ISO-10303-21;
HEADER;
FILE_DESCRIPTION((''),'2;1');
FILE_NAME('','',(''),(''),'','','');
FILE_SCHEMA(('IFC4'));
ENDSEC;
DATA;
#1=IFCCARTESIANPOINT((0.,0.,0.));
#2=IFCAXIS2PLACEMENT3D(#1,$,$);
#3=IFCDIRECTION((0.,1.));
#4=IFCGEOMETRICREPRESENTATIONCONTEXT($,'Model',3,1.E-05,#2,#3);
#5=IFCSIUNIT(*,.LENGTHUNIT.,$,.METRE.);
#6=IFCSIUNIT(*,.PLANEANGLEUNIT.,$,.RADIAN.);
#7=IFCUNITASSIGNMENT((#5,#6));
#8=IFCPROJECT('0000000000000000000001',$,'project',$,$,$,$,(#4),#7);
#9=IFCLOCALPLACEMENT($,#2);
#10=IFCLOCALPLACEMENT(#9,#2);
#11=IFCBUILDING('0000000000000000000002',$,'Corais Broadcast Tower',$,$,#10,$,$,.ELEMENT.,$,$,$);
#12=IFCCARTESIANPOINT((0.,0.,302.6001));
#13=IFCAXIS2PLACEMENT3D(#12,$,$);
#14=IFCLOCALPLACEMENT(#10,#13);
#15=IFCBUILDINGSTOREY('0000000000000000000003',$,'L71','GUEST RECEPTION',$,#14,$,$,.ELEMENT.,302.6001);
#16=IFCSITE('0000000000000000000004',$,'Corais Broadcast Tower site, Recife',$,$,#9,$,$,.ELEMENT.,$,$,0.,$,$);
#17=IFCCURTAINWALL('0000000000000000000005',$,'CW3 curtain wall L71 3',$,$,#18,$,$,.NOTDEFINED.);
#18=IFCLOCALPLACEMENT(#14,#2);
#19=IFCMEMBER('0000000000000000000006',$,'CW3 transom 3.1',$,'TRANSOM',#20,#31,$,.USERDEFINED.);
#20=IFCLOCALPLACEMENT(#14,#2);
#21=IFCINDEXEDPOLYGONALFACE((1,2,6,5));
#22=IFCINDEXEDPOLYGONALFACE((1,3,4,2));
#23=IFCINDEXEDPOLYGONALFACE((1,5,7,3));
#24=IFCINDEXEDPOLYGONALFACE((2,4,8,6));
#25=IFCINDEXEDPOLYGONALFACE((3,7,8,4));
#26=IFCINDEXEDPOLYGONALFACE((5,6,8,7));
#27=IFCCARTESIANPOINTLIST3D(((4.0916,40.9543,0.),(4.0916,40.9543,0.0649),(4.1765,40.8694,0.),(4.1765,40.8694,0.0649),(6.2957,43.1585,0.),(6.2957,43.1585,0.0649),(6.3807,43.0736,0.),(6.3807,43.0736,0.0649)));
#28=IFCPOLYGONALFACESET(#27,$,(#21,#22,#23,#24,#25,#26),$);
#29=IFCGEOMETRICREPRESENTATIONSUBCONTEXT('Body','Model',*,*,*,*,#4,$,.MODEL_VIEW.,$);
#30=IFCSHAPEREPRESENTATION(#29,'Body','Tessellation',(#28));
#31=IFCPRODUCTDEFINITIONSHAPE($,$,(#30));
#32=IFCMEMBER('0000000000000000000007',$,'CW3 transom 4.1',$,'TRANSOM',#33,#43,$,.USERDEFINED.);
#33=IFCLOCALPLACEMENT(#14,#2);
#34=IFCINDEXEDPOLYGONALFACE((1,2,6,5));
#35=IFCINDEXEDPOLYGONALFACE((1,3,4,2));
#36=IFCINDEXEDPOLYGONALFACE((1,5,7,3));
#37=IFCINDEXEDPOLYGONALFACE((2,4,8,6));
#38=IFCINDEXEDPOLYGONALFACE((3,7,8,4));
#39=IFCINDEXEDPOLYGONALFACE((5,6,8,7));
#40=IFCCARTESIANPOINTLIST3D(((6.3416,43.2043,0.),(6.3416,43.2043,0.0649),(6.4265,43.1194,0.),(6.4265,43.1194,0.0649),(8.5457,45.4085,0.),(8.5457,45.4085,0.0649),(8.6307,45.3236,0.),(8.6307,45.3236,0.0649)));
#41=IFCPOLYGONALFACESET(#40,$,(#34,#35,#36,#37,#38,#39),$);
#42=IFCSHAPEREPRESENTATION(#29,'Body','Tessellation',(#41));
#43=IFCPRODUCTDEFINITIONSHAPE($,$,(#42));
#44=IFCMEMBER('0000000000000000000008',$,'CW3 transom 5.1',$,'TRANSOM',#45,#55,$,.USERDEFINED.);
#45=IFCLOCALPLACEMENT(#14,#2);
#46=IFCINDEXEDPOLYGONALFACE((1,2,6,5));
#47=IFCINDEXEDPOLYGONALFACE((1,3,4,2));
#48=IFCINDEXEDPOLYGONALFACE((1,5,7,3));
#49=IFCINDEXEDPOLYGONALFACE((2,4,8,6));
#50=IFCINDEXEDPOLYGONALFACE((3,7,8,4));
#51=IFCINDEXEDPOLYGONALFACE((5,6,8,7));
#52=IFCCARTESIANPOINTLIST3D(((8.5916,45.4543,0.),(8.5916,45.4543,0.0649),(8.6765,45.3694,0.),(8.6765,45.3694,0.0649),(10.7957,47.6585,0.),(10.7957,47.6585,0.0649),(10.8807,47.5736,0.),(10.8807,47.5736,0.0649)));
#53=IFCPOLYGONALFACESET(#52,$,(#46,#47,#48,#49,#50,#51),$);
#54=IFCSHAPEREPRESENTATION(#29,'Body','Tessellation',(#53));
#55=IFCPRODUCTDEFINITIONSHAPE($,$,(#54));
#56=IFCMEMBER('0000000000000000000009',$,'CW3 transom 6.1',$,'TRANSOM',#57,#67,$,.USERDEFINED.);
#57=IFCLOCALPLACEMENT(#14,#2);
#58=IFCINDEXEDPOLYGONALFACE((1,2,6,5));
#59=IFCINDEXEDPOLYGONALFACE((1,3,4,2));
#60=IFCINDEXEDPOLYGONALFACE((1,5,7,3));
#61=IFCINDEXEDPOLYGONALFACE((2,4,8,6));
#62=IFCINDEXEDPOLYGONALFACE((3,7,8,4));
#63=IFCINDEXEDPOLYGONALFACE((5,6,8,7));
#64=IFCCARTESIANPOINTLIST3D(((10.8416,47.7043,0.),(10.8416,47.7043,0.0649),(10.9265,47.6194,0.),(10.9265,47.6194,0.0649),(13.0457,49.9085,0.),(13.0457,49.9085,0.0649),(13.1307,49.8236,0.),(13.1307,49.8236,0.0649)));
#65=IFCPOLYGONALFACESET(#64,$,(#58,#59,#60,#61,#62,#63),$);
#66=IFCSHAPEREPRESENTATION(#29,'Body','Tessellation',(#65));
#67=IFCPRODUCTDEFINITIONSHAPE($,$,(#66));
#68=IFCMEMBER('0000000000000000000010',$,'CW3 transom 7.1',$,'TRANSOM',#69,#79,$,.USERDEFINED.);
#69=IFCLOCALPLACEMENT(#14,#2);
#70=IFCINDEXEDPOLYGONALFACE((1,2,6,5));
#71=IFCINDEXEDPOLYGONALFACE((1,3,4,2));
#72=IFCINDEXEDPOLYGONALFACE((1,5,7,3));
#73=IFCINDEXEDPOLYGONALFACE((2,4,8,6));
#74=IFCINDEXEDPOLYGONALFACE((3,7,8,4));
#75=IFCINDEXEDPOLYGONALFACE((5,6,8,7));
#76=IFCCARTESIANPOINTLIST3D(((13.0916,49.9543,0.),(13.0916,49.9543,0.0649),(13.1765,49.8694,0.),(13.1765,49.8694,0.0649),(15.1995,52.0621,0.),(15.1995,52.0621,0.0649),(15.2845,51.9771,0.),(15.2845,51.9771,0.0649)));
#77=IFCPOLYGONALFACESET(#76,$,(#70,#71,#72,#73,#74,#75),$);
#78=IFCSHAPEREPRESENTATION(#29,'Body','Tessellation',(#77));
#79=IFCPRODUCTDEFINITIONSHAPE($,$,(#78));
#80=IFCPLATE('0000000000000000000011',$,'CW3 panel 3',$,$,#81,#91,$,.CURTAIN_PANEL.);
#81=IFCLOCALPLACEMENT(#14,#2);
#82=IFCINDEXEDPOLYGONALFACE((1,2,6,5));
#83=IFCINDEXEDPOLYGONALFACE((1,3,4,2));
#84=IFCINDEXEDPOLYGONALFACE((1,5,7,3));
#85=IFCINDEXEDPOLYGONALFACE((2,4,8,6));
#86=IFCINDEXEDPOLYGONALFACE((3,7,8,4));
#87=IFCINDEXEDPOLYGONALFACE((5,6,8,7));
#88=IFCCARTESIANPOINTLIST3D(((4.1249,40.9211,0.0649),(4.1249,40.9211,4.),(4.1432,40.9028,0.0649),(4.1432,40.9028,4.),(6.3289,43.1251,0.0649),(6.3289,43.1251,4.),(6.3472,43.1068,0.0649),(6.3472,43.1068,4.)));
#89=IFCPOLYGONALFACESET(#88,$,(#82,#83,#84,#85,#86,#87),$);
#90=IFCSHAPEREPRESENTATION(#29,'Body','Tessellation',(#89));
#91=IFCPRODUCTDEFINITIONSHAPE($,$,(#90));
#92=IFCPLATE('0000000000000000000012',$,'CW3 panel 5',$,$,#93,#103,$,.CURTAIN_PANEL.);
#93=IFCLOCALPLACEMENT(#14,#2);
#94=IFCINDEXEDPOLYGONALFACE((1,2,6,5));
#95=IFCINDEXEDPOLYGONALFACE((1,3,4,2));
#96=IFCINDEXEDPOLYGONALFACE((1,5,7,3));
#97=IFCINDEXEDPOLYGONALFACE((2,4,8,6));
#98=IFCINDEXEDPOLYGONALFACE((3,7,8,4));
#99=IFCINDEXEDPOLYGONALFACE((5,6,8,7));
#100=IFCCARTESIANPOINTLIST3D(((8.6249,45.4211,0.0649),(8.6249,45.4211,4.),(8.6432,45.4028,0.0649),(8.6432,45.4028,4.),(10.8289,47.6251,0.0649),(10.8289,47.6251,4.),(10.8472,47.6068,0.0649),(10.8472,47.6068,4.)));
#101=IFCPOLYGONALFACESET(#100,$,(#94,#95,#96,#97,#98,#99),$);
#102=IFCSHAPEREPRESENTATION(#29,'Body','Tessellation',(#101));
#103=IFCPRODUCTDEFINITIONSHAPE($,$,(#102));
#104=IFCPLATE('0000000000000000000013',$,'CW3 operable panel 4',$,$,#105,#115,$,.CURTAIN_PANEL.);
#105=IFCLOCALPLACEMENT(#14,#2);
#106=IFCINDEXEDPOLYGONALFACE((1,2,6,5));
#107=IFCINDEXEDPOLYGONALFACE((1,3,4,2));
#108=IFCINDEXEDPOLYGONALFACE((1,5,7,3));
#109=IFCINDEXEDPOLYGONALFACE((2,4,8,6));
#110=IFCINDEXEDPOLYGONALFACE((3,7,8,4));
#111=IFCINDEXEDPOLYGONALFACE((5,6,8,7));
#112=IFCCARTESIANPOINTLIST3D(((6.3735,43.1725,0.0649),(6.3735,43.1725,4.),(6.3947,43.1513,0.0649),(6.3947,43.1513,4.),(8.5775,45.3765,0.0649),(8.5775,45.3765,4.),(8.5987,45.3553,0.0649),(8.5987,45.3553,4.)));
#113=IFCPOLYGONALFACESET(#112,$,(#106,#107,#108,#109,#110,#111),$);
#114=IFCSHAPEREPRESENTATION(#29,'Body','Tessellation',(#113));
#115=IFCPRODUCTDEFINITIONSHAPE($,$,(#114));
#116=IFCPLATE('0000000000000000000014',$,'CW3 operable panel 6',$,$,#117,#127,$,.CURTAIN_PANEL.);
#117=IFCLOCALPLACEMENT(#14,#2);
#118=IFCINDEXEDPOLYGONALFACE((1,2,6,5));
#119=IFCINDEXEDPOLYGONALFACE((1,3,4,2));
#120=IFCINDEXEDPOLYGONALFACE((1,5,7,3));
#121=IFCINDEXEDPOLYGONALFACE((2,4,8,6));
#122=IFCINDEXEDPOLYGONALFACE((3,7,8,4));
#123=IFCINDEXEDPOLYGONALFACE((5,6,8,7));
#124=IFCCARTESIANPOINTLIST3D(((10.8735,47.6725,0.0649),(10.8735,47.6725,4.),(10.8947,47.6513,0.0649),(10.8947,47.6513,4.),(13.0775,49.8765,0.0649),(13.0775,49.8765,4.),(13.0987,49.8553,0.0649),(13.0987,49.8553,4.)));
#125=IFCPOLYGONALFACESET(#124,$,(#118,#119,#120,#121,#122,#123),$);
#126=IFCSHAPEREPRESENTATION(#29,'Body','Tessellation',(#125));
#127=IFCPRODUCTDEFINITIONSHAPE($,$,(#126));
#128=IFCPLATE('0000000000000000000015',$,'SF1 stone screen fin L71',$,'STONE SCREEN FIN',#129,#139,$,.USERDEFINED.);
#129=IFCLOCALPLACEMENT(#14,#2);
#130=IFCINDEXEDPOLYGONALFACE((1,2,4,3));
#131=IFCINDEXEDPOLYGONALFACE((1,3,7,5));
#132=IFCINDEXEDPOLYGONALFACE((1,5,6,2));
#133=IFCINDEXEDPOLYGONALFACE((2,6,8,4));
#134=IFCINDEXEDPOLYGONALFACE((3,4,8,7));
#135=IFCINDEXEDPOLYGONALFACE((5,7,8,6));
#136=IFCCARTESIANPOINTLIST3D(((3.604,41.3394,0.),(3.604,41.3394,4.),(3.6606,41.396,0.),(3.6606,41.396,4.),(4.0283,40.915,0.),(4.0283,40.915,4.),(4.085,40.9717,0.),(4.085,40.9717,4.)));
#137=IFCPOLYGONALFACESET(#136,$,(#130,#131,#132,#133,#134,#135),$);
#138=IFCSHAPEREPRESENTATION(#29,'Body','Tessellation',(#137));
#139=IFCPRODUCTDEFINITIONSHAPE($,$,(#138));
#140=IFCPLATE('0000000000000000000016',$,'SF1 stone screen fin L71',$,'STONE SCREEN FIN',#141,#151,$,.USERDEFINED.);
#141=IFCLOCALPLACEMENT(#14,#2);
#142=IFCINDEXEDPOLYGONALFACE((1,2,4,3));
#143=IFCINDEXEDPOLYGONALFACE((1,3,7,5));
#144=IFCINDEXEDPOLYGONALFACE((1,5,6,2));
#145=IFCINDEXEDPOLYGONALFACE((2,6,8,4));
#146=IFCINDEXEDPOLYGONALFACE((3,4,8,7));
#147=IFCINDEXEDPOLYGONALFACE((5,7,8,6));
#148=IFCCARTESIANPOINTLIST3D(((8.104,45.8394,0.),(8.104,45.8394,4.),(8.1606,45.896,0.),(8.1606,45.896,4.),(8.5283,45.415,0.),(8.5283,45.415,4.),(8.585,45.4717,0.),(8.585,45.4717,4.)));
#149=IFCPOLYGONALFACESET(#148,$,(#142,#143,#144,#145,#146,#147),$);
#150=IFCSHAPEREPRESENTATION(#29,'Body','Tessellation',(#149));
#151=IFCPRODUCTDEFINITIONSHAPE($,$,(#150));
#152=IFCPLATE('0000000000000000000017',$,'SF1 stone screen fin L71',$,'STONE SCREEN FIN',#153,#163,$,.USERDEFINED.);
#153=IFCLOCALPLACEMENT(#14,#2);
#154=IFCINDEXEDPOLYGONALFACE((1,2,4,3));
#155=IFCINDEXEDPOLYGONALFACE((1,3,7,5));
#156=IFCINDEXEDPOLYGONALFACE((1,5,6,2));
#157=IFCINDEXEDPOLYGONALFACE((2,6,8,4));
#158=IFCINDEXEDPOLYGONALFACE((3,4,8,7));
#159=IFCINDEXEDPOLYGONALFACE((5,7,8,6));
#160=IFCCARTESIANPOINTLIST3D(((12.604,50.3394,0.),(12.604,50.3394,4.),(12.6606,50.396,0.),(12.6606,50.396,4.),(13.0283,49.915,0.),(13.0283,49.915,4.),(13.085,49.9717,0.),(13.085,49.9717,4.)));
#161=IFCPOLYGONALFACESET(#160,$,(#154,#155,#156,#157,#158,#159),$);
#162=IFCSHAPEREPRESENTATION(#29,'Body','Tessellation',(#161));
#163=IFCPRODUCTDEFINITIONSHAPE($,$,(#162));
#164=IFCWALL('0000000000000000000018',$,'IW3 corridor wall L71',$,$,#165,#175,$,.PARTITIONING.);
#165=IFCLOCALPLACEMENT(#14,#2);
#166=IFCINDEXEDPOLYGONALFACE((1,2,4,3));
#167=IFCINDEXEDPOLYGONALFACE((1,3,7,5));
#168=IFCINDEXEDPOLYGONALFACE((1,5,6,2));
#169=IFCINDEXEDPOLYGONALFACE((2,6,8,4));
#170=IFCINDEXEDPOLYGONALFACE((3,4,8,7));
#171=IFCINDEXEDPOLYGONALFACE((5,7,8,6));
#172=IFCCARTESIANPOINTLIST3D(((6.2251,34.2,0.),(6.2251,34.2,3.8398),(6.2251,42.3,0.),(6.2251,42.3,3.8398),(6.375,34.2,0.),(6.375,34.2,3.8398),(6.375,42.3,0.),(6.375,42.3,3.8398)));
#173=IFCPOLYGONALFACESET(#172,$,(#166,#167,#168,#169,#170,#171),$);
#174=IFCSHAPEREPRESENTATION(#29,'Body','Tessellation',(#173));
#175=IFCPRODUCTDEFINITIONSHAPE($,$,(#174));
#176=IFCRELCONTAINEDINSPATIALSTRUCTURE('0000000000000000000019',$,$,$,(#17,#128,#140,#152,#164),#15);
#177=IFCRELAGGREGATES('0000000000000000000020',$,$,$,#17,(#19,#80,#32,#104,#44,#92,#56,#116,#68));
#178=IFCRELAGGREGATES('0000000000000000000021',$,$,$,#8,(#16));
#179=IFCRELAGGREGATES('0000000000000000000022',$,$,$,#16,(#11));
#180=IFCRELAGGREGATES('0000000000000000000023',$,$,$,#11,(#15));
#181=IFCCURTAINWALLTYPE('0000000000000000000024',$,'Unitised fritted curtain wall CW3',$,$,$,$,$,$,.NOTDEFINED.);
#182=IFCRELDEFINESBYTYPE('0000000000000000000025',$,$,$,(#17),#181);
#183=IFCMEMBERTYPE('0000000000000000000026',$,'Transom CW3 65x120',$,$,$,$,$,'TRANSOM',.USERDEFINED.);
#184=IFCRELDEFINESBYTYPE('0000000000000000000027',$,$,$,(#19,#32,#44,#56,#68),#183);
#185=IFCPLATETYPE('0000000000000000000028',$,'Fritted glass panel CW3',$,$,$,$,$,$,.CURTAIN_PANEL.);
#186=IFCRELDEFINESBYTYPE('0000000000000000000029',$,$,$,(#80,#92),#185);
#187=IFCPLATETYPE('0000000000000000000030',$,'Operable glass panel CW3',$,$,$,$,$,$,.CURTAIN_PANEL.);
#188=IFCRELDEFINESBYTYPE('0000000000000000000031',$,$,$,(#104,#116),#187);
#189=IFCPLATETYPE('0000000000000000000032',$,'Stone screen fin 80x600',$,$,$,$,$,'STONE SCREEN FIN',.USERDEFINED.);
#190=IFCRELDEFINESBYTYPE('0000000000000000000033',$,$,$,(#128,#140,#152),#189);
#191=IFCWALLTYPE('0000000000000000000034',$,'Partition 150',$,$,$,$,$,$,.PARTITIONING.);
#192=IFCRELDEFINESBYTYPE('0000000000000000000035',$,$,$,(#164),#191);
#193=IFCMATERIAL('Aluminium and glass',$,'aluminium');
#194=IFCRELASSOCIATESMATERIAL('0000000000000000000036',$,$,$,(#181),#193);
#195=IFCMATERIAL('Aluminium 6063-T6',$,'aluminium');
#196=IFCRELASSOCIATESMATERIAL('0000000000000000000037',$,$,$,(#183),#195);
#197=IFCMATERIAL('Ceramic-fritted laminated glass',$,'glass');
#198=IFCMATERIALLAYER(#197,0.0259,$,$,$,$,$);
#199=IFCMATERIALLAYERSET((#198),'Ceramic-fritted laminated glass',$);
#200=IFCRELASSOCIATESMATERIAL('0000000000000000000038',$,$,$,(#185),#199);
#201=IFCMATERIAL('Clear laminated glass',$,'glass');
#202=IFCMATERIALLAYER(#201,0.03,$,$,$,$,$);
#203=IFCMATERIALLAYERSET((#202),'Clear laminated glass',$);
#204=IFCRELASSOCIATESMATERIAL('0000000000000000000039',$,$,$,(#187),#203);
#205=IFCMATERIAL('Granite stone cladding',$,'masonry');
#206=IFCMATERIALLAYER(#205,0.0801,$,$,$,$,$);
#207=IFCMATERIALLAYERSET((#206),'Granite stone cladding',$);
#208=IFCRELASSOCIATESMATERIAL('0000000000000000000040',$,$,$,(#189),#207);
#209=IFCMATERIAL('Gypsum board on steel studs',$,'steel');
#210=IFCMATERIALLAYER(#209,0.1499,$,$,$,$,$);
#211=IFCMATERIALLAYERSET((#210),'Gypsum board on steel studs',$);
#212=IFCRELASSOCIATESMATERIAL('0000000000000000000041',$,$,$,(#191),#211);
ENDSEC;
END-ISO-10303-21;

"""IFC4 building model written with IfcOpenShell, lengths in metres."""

from ifc_helpers import new_model, si_unit, direction, frame, frame_2d, origin, origin_2d, place, context, subcontext, project, spatial, rectangle, extrude, material, layer, layer_set, material_profile, profile_set, type_object, element, aggregate, save


model = new_model("IFC4")

# Units and contexts
model_context = context("Model", 3, precision=1e-05, world=origin(), true_north=direction((0.0, 1.0)))
body_context = subcontext(model_context, "Body", "Model", "MODEL_VIEW")
ifc_project = project(units=[si_unit("LENGTHUNIT", "METRE"), si_unit("PLANEANGLEUNIT", "RADIAN")], contexts=[model_context])

# Site, building, storey
site_placement = place(None, origin())
site = spatial("IfcSite", under=ifc_project, at=site_placement, Name="Corais Broadcast Tower site, Recife", CompositionType="ELEMENT", RefElevation=0.0)
building_placement = place(site_placement, origin())
building = spatial("IfcBuilding", under=site, at=building_placement, Name="Corais Broadcast Tower", CompositionType="ELEMENT")
storey_placement = place(building_placement, frame((0.0, 0.0, 302.6001)))
storey = spatial("IfcBuildingStorey", under=building, at=storey_placement, Name="L71", Description="GUEST RECEPTION", CompositionType="ELEMENT", Elevation=302.6001)

# Curtain wall
ifc_material_1 = material(Name="Aluminium and glass", Category="aluminium")
curtain_wall_type = type_object("IfcCurtainWallType", Name="Unitised fritted curtain wall CW3", PredefinedType="NOTDEFINED", material=ifc_material_1)
curtain_wall_placement = place(storey_placement, origin())
curtain_wall = element("IfcCurtainWall", 1, at=curtain_wall_placement, inside=storey, type_object=curtain_wall_type, Name="CW3 curtain wall L71 3", PredefinedType="NOTDEFINED")

# Members
ifc_material_2 = material(Name="Aluminium 6063-T6", Category="aluminium")
ifc_material_profile_1 = material_profile(ifc_material_2, rectangle(XDim=0.1201, YDim=0.0649, at=origin_2d()), Name="Transom CW3 65x120")
ifc_profile_set_1 = profile_set([ifc_material_profile_1], Name="Aluminium 6063-T6")
member_type_1 = type_object("IfcMemberType", Name="Transom CW3 65x120", ElementType="TRANSOM", PredefinedType="USERDEFINED", material=ifc_profile_set_1)
member_1_placement = place(storey_placement, frame((4.134, 40.9119, 0.0325), z_axis=(0.707107, 0.707107, 0.0), x_axis=(-0.707107, 0.707107, 0.0)))
member_1 = element("IfcMember", 2, at=member_1_placement, type_object=member_type_1, Name="CW3 transom 3.1", ObjectType="TRANSOM", PredefinedType="USERDEFINED", context=body_context, shape_type="SweptSolid", body=[
    extrude(rectangle(XDim=0.1201, YDim=0.0649, at=origin_2d()), origin(), (0.0, 0.0, 1.0), 3.1172),
])
member_2_placement = place(storey_placement, frame((6.384, 43.1619, 0.0325), z_axis=(0.707107, 0.707107, 0.0), x_axis=(-0.707107, 0.707107, 0.0)))
member_2 = element("IfcMember", 3, at=member_2_placement, type_object=member_type_1, Name="CW3 transom 4.1", ObjectType="TRANSOM", PredefinedType="USERDEFINED", context=body_context, shape_type="SweptSolid", body=[
    extrude(rectangle(XDim=0.1201, YDim=0.0649, at=origin_2d()), origin(), (0.0, 0.0, 1.0), 3.1172),
])
member_3_placement = place(storey_placement, frame((8.634, 45.4119, 0.0325), z_axis=(0.707107, 0.707107, 0.0), x_axis=(-0.707107, 0.707107, 0.0)))
member_3 = element("IfcMember", 4, at=member_3_placement, type_object=member_type_1, Name="CW3 transom 5.1", ObjectType="TRANSOM", PredefinedType="USERDEFINED", context=body_context, shape_type="SweptSolid", body=[
    extrude(rectangle(XDim=0.1201, YDim=0.0649, at=origin_2d()), origin(), (0.0, 0.0, 1.0), 3.1172),
])
member_4_placement = place(storey_placement, frame((10.884, 47.6619, 0.0325), z_axis=(0.707107, 0.707107, 0.0), x_axis=(-0.707107, 0.707107, 0.0)))
member_4 = element("IfcMember", 5, at=member_4_placement, type_object=member_type_1, Name="CW3 transom 6.1", ObjectType="TRANSOM", PredefinedType="USERDEFINED", context=body_context, shape_type="SweptSolid", body=[
    extrude(rectangle(XDim=0.1201, YDim=0.0649, at=origin_2d()), origin(), (0.0, 0.0, 1.0), 3.1172),
])
member_5_placement = place(storey_placement, frame((13.134, 49.9119, 0.0325), z_axis=(0.707148, 0.707066, 0.0), x_axis=(-0.707066, 0.707148, 0.0)))
member_5 = element("IfcMember", 6, at=member_5_placement, type_object=member_type_1, Name="CW3 transom 7.1", ObjectType="TRANSOM", PredefinedType="USERDEFINED", context=body_context, shape_type="SweptSolid", body=[
    extrude(rectangle(XDim=0.1201, YDim=0.0649, at=origin_2d()), origin(), (0.0, 0.0, 1.0), 2.981),
])

# Plates
ifc_material_3 = material(Name="Ceramic-fritted laminated glass", Category="glass")
ifc_layer_1 = layer(ifc_material_3, 0.0259)
ifc_layer_set_1 = layer_set([ifc_layer_1], Name="Ceramic-fritted laminated glass")
plate_type_1 = type_object("IfcPlateType", Name="Fritted glass panel CW3", PredefinedType="CURTAIN_PANEL", material=ifc_layer_set_1)
plate_1_placement = place(storey_placement, frame((5.2361, 42.0139, 0.0649), z_axis=(0.0, 0.0, 1.0), x_axis=(0.707107, 0.707107, 0.0)))
plate_1 = element("IfcPlate", 7, at=plate_1_placement, type_object=plate_type_1, Name="CW3 panel 3", PredefinedType="CURTAIN_PANEL", context=body_context, shape_type="SweptSolid", body=[
    extrude(rectangle(XDim=3.1169, YDim=0.0259, at=origin_2d()), origin(), (0.0, 0.0, 1.0), 3.9351),
])
plate_2_placement = place(storey_placement, frame((9.7361, 46.5139, 0.0649), z_axis=(0.0, 0.0, 1.0), x_axis=(0.707107, 0.707107, 0.0)))
plate_2 = element("IfcPlate", 8, at=plate_2_placement, type_object=plate_type_1, Name="CW3 panel 5", PredefinedType="CURTAIN_PANEL", context=body_context, shape_type="SweptSolid", body=[
    extrude(rectangle(XDim=3.1169, YDim=0.0259, at=origin_2d()), origin(), (0.0, 0.0, 1.0), 3.9351),
])
ifc_material_4 = material(Name="Clear laminated glass", Category="glass")
ifc_layer_2 = layer(ifc_material_4, 0.03)
ifc_layer_set_2 = layer_set([ifc_layer_2], Name="Clear laminated glass")
plate_type_2 = type_object("IfcPlateType", Name="Operable glass panel CW3", PredefinedType="CURTAIN_PANEL", material=ifc_layer_set_2)
plate_3_placement = place(storey_placement, frame((7.4861, 44.2639, 0.0649), z_axis=(0.0, 0.0, 1.0), x_axis=(0.707107, 0.707107, 0.0)))
plate_3 = element("IfcPlate", 9, at=plate_3_placement, type_object=plate_type_2, Name="CW3 operable panel 4", PredefinedType="CURTAIN_PANEL", context=body_context, shape_type="SweptSolid", body=[
    extrude(rectangle(XDim=3.1169, YDim=0.03, at=origin_2d()), origin(), (0.0, 0.0, 1.0), 3.9351),
])
plate_4_placement = place(storey_placement, frame((11.9861, 48.7639, 0.0649), z_axis=(0.0, 0.0, 1.0), x_axis=(0.707107, 0.707107, 0.0)))
plate_4 = element("IfcPlate", 10, at=plate_4_placement, type_object=plate_type_2, Name="CW3 operable panel 6", PredefinedType="CURTAIN_PANEL", context=body_context, shape_type="SweptSolid", body=[
    extrude(rectangle(XDim=3.1169, YDim=0.03, at=origin_2d()), origin(), (0.0, 0.0, 1.0), 3.9351),
])
aggregate(curtain_wall, [member_1, plate_1, member_2, plate_3, member_3, plate_2, member_4, plate_4, member_5])

# Plates
ifc_material_5 = material(Name="Granite stone cladding", Category="masonry")
ifc_layer_3 = layer(ifc_material_5, 0.0801)
ifc_layer_set_3 = layer_set([ifc_layer_3], Name="Granite stone cladding")
plate_type_3 = type_object("IfcPlateType", Name="Stone screen fin 80x600", ElementType="STONE SCREEN FIN", PredefinedType="USERDEFINED", material=ifc_layer_set_3)
for number, where, z_axis, x_axis, name in (
    (11, (3.8445, 41.1555, 0.0), (0.0, 0.0, 1.0), (0.707107, 0.707107, 0.0), "SF1 stone screen fin L71"),
    (12, (8.3445, 45.6555, 0.0), (0.0, 0.0, 1.0), (0.707107, 0.707107, 0.0), "SF1 stone screen fin L71"),
    (13, (12.8445, 50.1555, 0.0), (0.0, 0.0, 1.0), (0.707107, 0.707107, 0.0), "SF1 stone screen fin L71"),
):
    element("IfcPlate", number, at=place(storey_placement, frame(where, z_axis=z_axis, x_axis=x_axis)), inside=storey, type_object=plate_type_3, Name=name, ObjectType="STONE SCREEN FIN", PredefinedType="USERDEFINED", context=body_context, shape_type="SweptSolid", body=[
        extrude(rectangle(XDim=0.0801, YDim=0.6001, at=origin_2d()), origin(), (0.0, 0.0, 1.0), 4.0),
    ])

# Wall
ifc_material_6 = material(Name="Gypsum board on steel studs", Category="steel")
ifc_layer_4 = layer(ifc_material_6, 0.1499)
ifc_layer_set_4 = layer_set([ifc_layer_4], Name="Gypsum board on steel studs")
wall_type = type_object("IfcWallType", Name="Partition 150", PredefinedType="PARTITIONING", material=ifc_layer_set_4)
wall_1_placement = place(storey_placement, frame((6.3, 42.3, 0.0), z_axis=(0.0, 0.0, 1.0), x_axis=(0.0, -1.0, 0.0)))
element("IfcWall", 14, at=wall_1_placement, inside=storey, type_object=wall_type, Name="IW3 corridor wall L71", PredefinedType="PARTITIONING", context=body_context, shape_type="SweptSolid", body=[
    extrude(rectangle(XDim=8.1001, YDim=0.1499, at=frame_2d((4.05, 0.0))), origin(), (0.0, 0.0, 1.0), 3.8398),
])

save(model, "model.ifc")
